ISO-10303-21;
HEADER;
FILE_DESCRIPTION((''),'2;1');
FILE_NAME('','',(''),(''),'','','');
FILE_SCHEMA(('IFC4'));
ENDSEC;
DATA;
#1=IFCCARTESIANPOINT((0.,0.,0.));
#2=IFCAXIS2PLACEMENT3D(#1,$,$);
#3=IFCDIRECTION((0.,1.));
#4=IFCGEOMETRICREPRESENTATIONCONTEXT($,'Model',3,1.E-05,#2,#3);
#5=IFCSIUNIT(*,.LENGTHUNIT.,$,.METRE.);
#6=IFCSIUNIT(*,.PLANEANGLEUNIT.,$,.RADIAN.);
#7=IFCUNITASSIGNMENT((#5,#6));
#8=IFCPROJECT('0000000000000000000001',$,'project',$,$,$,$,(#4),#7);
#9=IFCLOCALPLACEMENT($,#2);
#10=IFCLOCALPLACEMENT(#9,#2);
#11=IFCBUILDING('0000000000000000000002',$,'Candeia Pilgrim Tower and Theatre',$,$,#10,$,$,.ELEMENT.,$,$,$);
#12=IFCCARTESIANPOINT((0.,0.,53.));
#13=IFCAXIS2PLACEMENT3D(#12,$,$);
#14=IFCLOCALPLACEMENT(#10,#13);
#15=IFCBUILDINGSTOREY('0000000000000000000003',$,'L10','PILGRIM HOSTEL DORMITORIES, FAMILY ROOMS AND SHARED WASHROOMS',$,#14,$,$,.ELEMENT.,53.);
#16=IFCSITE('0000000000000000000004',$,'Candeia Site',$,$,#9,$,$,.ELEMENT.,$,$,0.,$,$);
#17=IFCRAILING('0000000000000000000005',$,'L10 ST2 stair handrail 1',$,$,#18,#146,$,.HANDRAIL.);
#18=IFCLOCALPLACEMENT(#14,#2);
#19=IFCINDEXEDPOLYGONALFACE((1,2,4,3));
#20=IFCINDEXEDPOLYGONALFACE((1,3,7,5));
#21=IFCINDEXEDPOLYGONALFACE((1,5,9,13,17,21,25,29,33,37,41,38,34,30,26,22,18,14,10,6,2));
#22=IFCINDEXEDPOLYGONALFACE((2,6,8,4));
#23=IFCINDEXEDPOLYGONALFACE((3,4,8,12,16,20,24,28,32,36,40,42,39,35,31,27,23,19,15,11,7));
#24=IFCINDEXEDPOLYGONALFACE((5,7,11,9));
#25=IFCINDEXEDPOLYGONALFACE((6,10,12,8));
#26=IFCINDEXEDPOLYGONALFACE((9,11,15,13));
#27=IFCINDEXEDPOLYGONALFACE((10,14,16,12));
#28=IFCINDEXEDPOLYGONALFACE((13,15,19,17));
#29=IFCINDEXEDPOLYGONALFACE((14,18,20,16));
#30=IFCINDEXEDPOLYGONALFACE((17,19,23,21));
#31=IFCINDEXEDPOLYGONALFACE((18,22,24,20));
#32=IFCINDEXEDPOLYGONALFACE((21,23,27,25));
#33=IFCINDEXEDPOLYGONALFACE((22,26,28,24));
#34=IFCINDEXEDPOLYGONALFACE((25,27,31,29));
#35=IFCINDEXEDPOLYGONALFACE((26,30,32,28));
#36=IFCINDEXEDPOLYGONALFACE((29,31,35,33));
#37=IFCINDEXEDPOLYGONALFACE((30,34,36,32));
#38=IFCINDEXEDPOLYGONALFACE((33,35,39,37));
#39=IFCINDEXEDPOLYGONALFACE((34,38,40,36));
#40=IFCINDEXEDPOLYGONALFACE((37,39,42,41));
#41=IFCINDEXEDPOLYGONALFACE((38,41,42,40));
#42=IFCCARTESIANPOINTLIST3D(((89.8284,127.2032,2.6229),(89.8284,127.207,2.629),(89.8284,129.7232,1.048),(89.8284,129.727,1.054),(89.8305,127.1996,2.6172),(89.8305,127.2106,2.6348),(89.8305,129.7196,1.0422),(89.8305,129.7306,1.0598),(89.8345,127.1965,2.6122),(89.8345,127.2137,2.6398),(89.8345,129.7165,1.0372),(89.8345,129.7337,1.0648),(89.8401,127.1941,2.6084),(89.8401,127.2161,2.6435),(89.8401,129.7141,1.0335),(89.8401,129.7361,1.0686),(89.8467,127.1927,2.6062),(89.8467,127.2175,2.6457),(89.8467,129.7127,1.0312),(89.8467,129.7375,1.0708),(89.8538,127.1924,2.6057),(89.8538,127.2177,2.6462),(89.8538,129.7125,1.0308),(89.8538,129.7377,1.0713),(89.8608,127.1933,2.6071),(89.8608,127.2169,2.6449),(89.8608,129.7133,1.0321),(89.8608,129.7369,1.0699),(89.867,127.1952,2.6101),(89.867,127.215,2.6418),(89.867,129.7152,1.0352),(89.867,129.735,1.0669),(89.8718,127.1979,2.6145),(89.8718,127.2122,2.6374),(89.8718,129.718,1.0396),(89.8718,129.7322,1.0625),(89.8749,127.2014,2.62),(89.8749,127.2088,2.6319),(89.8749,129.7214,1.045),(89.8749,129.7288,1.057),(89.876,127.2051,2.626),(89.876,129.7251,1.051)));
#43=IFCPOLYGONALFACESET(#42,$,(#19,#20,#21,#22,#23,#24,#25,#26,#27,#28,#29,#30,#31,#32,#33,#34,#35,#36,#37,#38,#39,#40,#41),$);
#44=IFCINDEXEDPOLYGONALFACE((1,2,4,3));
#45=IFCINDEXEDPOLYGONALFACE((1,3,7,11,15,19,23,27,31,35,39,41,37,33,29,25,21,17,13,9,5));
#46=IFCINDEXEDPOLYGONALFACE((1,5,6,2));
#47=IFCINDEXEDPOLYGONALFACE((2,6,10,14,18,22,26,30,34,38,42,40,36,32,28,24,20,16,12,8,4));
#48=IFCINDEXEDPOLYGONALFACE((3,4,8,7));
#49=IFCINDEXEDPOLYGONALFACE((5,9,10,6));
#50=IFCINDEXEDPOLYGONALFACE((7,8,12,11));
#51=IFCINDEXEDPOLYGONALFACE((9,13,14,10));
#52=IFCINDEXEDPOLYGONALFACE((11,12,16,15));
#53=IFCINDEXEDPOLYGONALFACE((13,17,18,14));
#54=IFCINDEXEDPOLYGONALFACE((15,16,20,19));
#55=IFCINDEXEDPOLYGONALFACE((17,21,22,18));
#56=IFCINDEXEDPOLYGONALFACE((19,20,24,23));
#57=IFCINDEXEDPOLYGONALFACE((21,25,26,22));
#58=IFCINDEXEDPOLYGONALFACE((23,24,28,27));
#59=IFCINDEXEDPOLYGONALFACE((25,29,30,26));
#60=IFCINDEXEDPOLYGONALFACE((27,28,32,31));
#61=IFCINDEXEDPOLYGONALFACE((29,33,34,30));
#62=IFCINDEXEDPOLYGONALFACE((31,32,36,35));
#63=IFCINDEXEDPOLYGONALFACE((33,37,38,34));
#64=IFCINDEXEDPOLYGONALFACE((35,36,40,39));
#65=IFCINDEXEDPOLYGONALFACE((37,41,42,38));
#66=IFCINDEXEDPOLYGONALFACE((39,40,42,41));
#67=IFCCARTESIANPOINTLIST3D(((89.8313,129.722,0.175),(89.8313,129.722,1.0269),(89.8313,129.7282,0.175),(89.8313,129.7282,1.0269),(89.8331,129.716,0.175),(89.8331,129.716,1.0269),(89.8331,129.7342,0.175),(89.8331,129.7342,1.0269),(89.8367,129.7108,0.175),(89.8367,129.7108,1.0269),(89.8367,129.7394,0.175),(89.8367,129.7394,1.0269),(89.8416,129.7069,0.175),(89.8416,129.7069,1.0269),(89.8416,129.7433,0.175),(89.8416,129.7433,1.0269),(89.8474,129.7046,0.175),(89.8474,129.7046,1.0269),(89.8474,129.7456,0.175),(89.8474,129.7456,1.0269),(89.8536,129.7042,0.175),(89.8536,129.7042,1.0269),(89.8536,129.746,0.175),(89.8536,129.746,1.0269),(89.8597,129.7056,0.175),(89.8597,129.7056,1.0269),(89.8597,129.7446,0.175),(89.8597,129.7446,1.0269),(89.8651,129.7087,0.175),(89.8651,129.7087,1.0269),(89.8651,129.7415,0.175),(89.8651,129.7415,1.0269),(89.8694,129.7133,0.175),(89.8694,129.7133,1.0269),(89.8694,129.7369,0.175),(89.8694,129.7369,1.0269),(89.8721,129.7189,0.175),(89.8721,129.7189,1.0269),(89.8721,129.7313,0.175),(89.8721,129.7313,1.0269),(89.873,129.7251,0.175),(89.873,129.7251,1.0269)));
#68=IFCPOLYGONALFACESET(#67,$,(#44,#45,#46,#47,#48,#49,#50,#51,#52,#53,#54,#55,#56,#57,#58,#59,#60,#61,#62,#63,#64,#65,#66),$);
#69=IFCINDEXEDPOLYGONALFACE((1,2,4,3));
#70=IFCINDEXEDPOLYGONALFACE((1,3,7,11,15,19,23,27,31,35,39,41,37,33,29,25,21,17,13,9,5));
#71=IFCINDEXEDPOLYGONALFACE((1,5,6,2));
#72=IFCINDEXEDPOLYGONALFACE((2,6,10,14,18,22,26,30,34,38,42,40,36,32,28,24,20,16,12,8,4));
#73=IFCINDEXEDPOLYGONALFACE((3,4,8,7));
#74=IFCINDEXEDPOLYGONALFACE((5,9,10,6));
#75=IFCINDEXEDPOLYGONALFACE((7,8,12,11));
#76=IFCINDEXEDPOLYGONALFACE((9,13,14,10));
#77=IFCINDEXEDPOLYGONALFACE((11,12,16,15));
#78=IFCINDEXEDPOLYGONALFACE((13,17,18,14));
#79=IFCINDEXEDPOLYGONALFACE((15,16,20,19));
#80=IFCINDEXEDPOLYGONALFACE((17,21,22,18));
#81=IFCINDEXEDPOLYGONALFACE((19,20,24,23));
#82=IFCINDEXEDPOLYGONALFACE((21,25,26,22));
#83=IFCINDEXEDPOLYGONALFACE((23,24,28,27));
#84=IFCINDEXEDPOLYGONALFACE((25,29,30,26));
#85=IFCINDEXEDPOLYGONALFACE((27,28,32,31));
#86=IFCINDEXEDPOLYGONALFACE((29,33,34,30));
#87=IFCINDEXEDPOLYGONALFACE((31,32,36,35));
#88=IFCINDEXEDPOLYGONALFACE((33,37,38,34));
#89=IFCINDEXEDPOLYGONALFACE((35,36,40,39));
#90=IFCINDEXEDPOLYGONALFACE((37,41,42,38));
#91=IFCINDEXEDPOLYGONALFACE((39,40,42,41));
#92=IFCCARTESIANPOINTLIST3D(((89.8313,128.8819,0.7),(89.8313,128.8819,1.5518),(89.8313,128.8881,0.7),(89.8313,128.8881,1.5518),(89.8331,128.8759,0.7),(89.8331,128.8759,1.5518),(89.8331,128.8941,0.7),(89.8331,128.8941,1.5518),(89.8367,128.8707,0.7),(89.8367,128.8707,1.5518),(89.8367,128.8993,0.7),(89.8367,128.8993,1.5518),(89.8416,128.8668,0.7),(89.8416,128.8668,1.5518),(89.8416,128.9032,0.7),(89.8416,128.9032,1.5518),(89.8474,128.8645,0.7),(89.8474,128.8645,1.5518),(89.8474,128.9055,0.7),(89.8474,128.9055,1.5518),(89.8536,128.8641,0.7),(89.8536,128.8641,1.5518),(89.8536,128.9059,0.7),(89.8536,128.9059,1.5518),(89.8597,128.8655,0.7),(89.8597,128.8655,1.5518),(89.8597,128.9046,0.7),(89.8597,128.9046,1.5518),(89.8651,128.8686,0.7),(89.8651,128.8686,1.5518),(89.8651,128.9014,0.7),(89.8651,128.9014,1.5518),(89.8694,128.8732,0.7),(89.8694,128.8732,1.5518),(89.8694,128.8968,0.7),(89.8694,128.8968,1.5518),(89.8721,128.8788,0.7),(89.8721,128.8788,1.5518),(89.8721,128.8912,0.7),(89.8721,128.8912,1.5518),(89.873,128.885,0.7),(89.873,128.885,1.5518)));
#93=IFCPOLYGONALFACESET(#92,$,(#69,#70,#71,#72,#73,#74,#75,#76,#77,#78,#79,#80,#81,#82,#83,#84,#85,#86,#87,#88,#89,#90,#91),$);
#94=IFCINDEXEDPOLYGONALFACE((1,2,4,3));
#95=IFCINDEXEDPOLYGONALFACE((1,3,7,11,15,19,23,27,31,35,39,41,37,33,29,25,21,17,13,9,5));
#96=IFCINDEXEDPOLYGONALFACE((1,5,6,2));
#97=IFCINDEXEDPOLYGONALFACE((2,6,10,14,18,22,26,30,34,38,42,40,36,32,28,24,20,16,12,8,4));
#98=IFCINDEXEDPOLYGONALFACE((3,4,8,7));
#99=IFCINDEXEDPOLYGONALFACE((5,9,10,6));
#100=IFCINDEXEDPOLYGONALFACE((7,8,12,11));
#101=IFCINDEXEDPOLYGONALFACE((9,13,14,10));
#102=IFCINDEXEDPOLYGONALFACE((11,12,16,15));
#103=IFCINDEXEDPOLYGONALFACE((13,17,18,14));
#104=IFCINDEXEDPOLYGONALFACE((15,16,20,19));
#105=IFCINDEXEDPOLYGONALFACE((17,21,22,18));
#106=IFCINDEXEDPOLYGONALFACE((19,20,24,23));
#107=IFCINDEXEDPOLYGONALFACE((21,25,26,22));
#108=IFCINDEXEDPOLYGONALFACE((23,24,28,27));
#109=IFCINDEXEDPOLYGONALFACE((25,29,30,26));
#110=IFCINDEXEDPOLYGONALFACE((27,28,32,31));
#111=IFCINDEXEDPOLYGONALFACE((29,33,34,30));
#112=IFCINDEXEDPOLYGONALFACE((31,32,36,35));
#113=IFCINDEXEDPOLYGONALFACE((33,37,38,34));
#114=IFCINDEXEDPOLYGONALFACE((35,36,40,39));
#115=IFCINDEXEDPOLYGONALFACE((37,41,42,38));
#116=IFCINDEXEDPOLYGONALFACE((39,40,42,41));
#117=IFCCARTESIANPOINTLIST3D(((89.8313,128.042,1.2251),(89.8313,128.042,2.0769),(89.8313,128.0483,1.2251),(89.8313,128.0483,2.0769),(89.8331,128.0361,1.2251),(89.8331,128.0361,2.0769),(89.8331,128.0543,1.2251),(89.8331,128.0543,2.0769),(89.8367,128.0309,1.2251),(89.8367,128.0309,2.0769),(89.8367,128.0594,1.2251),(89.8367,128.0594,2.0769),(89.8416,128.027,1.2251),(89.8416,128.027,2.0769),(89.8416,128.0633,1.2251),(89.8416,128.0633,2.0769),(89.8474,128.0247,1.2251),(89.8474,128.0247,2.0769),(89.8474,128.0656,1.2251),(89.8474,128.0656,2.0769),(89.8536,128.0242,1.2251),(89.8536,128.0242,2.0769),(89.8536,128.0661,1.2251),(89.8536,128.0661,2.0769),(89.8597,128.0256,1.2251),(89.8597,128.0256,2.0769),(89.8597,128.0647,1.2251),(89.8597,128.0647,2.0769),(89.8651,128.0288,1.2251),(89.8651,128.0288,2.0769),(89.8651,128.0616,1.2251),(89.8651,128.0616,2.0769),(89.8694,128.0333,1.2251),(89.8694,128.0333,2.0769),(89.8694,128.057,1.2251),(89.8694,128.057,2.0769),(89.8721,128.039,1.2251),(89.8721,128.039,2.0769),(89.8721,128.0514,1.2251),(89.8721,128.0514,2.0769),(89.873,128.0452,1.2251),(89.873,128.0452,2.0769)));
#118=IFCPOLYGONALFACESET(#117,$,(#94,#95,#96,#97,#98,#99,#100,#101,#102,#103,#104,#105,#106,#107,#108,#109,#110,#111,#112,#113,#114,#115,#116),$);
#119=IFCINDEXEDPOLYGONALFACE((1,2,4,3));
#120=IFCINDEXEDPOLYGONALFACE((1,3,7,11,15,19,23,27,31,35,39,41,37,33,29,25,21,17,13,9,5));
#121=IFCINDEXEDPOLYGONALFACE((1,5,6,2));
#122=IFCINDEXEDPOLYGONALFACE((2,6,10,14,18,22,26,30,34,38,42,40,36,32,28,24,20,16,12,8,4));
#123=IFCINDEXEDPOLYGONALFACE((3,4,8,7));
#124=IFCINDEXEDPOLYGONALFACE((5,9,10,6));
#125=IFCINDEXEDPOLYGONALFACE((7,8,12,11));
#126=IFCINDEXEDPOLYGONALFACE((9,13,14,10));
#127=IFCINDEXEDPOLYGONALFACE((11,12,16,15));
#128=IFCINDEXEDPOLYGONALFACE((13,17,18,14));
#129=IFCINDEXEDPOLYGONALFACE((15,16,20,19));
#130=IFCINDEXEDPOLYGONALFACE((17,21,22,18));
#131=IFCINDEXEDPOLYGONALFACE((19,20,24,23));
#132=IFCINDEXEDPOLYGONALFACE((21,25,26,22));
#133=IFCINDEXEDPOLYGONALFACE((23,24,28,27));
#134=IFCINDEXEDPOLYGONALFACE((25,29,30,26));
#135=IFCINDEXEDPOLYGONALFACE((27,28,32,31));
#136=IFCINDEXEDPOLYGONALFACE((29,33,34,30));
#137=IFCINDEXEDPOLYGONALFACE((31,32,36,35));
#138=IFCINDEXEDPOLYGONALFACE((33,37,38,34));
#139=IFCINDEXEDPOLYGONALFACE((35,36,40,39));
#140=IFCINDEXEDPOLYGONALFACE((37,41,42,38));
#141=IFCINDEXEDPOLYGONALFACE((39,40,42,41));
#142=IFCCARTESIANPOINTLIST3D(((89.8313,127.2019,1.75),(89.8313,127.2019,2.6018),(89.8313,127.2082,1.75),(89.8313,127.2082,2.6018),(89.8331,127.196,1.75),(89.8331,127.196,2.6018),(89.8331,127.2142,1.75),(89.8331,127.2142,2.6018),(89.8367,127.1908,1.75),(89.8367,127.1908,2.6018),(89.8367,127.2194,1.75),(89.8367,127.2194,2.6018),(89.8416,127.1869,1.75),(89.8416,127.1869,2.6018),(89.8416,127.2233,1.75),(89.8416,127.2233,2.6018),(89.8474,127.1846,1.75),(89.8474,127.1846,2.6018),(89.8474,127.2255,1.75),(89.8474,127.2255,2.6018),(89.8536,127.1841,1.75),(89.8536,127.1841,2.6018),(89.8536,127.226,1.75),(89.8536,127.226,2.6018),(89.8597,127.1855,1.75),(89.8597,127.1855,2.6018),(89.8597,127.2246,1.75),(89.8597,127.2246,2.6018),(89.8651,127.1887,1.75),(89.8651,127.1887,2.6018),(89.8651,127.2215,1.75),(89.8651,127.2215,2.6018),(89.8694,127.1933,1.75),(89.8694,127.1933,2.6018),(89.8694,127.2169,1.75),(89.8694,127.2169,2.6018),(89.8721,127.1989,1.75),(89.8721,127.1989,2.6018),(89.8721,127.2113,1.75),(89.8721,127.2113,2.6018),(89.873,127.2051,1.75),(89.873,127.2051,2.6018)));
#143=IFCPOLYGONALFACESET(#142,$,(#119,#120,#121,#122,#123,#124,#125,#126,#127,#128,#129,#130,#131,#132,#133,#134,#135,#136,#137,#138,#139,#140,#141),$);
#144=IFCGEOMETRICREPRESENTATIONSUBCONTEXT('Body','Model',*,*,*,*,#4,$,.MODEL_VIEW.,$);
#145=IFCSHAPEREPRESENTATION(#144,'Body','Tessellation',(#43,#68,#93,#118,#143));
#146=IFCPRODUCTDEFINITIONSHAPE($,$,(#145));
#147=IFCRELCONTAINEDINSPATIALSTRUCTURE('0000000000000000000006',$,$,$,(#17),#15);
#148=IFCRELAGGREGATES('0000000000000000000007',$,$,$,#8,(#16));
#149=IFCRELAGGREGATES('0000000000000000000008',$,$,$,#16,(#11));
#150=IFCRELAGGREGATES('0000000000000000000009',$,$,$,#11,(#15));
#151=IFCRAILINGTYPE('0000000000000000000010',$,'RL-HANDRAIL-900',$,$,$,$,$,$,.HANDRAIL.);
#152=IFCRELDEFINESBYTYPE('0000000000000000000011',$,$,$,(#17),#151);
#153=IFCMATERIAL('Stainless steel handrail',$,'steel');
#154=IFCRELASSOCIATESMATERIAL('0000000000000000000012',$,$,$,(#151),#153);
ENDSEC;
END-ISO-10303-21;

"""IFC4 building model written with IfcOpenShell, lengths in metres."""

from ifc_helpers import new_model, si_unit, direction, frame, origin, origin_2d, place, context, subcontext, project, spatial, circle, extrude, material, type_object, element, save


model = new_model("IFC4")

# Units and contexts
model_context = context("Model", 3, precision=1e-05, world=origin(), true_north=direction((0.0, 1.0)))
body_context = subcontext(model_context, "Body", "Model", "MODEL_VIEW")
ifc_project = project(units=[si_unit("LENGTHUNIT", "METRE"), si_unit("PLANEANGLEUNIT", "RADIAN")], contexts=[model_context])

# Site, building, storey
site_placement = place(None, origin())
site = spatial("IfcSite", under=ifc_project, at=site_placement, Name="Candeia Site", CompositionType="ELEMENT", RefElevation=0.0)
building_placement = place(site_placement, origin())
building = spatial("IfcBuilding", under=site, at=building_placement, Name="Candeia Pilgrim Tower and Theatre", CompositionType="ELEMENT")
storey_placement = place(building_placement, frame((0.0, 0.0, 53.0)))
storey = spatial("IfcBuildingStorey", under=building, at=storey_placement, Name="L10", Description="PILGRIM HOSTEL DORMITORIES, FAMILY ROOMS AND SHARED WASHROOMS", CompositionType="ELEMENT", Elevation=53.0)

# Railing
ifc_material_1 = material(Name="Stainless steel handrail", Category="steel")
railing_type_1 = type_object("IfcRailingType", Name="RL-HANDRAIL-900", PredefinedType="HANDRAIL", material=ifc_material_1)
railing_1_placement = place(storey_placement, frame((89.8521, 129.7251, 0.175)))
element("IfcRailing", 1, at=railing_1_placement, inside=storey, type_object=railing_type_1, Name="L10 ST2 stair handrail 1", PredefinedType="HANDRAIL", context=body_context, shape_type="SweptSolid", body=[
    extrude(circle(Radius=0.0239, at=origin_2d()), frame((0.0, 0.0, 0.876), z_axis=(0.0, -0.848008, 0.529984), x_axis=(1.0, 0.0, 0.0)), (0.0, 0.0, 1.0), 2.9717),
    extrude(circle(Radius=0.021, at=origin_2d()), origin(), (0.0, 0.0, 1.0), 0.8518),
    extrude(circle(Radius=0.021, at=origin_2d()), frame((0.0, -0.8401, 0.5249)), (0.0, 0.0, 1.0), 0.8518),
    extrude(circle(Radius=0.021, at=origin_2d()), frame((0.0, -1.6799, 1.05)), (0.0, 0.0, 1.0), 0.8518),
    extrude(circle(Radius=0.021, at=origin_2d()), frame((0.0, -2.52, 1.575)), (0.0, 0.0, 1.0), 0.8518),
])

save(model, "model.ifc")
